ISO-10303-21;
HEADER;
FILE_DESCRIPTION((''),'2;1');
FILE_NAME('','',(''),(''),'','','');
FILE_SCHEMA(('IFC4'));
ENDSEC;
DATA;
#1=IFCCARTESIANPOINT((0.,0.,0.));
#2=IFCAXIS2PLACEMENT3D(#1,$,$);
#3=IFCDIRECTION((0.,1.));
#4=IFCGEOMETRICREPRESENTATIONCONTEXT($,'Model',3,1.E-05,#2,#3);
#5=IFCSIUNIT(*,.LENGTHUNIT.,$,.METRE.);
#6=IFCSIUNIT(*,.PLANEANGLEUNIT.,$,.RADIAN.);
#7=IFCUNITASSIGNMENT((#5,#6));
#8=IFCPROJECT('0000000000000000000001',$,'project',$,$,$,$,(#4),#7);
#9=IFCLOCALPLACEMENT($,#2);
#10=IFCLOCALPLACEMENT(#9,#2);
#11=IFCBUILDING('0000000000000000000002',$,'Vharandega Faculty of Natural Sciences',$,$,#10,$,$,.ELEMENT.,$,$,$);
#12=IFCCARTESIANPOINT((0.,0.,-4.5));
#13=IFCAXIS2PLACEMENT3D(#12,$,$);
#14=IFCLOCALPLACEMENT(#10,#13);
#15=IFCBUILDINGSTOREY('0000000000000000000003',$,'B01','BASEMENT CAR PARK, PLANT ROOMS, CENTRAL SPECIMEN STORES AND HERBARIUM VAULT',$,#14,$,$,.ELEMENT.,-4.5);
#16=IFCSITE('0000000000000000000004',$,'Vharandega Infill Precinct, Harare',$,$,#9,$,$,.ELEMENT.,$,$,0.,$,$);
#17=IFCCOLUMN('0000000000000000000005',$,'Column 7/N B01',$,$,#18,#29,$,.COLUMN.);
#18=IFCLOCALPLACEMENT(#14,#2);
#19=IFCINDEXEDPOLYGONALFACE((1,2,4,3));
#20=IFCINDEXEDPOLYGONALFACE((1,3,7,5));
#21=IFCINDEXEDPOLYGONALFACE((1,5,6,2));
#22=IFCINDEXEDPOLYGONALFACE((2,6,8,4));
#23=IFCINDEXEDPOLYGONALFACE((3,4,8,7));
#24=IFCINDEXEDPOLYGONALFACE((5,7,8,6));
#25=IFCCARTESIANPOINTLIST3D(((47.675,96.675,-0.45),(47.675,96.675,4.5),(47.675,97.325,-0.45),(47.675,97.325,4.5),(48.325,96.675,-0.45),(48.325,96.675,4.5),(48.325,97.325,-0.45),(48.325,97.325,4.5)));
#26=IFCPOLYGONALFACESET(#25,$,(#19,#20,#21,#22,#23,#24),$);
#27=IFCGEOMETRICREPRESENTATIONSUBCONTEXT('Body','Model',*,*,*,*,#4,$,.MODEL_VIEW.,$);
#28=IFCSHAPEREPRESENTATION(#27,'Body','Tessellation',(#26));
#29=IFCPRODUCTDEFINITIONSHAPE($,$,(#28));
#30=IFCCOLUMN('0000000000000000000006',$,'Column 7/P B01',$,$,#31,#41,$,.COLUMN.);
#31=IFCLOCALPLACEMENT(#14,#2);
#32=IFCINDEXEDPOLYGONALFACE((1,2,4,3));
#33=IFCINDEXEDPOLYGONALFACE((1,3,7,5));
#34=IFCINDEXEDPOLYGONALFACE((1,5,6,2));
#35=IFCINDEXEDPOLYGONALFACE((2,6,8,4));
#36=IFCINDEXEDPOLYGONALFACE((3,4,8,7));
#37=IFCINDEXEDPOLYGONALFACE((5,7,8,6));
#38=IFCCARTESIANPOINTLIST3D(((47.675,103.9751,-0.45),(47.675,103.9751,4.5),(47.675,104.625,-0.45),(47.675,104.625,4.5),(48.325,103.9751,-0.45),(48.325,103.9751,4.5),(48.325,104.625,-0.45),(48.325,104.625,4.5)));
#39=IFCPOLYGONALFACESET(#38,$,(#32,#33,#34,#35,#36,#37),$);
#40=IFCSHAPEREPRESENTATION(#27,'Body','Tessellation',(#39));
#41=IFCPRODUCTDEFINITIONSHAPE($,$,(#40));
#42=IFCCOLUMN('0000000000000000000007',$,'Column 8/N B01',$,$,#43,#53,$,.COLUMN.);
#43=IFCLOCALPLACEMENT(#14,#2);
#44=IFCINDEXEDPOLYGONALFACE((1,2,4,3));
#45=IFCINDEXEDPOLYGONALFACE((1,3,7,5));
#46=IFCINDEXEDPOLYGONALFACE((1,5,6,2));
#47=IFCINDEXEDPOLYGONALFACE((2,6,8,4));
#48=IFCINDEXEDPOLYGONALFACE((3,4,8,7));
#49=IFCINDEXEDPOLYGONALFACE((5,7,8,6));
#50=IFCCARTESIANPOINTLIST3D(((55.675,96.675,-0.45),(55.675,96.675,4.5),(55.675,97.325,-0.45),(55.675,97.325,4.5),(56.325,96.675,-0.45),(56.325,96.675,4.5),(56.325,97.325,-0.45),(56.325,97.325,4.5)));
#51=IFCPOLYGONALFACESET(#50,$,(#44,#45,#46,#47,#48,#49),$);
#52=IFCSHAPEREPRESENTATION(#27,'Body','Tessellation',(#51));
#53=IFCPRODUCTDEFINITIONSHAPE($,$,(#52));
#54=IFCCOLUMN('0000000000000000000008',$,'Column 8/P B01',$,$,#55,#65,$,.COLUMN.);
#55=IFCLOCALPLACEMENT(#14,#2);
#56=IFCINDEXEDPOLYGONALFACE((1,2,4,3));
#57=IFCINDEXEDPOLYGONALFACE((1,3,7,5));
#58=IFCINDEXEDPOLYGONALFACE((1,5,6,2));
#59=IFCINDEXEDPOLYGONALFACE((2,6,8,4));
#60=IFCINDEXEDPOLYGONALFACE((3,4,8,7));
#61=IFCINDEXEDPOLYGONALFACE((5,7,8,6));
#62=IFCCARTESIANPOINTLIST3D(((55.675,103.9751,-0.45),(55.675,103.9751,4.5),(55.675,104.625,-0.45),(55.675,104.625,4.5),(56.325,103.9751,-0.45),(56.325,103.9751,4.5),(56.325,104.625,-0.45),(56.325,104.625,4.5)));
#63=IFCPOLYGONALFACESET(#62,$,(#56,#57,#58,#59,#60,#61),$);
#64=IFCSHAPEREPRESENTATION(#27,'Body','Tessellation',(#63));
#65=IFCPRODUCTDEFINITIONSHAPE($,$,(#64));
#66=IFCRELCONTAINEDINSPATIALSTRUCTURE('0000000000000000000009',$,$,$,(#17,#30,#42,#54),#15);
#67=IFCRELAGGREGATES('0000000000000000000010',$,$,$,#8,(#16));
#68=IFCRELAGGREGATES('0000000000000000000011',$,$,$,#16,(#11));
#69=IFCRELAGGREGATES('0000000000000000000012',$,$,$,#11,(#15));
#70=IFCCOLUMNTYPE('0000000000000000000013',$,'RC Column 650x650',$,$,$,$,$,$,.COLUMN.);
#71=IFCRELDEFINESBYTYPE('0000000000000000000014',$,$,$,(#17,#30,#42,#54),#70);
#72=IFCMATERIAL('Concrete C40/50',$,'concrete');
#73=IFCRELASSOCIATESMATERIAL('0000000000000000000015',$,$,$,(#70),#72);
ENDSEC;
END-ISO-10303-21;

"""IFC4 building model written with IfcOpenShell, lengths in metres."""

from ifc_helpers import new_model, si_unit, direction, frame, origin, origin_2d, place, context, subcontext, project, spatial, rectangle, extrude, material, material_profile, profile_set, type_object, element, save


model = new_model("IFC4")

# Units and contexts
model_context = context("Model", 3, precision=1e-05, world=origin(), true_north=direction((0.0, 1.0)))
body_context = subcontext(model_context, "Body", "Model", "MODEL_VIEW")
ifc_project = project(units=[si_unit("LENGTHUNIT", "METRE"), si_unit("PLANEANGLEUNIT", "RADIAN")], contexts=[model_context])

# Site, building, storey
site_placement = place(None, origin())
site = spatial("IfcSite", under=ifc_project, at=site_placement, Name="Vharandega Infill Precinct, Harare", CompositionType="ELEMENT", RefElevation=0.0)
building_placement = place(site_placement, origin())
building = spatial("IfcBuilding", under=site, at=building_placement, Name="Vharandega Faculty of Natural Sciences", CompositionType="ELEMENT")
storey_placement = place(building_placement, frame((0.0, 0.0, -4.5)))
storey = spatial("IfcBuildingStorey", under=building, at=storey_placement, Name="B01", Description="BASEMENT CAR PARK, PLANT ROOMS, CENTRAL SPECIMEN STORES AND HERBARIUM VAULT", CompositionType="ELEMENT", Elevation=-4.5)

# Columns
ifc_material_1 = material(Name="Concrete C40/50", Category="concrete")
ifc_material_profile_1 = material_profile(ifc_material_1, rectangle(XDim=0.6499, YDim=0.6499, at=origin_2d()), Name="RC 650x650")
ifc_profile_set_1 = profile_set([ifc_material_profile_1], Name="Concrete C40/50")
column_type = type_object("IfcColumnType", Name="RC Column 650x650", PredefinedType="COLUMN", material=ifc_profile_set_1)
for number, where, z_axis, x_axis, name in (
    (1, (48.0, 97.0, -0.45), (0.0, 0.0, 1.0), (1.0, 0.0, 0.0), "Column 7/N B01"),
    (2, (48.0, 104.3, -0.45), (0.0, 0.0, 1.0), (1.0, 0.0, 0.0), "Column 7/P B01"),
    (3, (56.0, 97.0, -0.45), (0.0, 0.0, 1.0), (1.0, 0.0, 0.0), "Column 8/N B01"),
    (4, (56.0, 104.3, -0.45), (0.0, 0.0, 1.0), (1.0, 0.0, 0.0), "Column 8/P B01"),
):
    element("IfcColumn", number, at=place(storey_placement, frame(where, z_axis=z_axis, x_axis=x_axis)), inside=storey, type_object=column_type, Name=name, PredefinedType="COLUMN", context=body_context, shape_type="SweptSolid", body=[
        extrude(rectangle(XDim=0.6499, YDim=0.6499, at=origin_2d()), origin(), (0.0, 0.0, 1.0), 4.95),
    ])

save(model, "model.ifc")
